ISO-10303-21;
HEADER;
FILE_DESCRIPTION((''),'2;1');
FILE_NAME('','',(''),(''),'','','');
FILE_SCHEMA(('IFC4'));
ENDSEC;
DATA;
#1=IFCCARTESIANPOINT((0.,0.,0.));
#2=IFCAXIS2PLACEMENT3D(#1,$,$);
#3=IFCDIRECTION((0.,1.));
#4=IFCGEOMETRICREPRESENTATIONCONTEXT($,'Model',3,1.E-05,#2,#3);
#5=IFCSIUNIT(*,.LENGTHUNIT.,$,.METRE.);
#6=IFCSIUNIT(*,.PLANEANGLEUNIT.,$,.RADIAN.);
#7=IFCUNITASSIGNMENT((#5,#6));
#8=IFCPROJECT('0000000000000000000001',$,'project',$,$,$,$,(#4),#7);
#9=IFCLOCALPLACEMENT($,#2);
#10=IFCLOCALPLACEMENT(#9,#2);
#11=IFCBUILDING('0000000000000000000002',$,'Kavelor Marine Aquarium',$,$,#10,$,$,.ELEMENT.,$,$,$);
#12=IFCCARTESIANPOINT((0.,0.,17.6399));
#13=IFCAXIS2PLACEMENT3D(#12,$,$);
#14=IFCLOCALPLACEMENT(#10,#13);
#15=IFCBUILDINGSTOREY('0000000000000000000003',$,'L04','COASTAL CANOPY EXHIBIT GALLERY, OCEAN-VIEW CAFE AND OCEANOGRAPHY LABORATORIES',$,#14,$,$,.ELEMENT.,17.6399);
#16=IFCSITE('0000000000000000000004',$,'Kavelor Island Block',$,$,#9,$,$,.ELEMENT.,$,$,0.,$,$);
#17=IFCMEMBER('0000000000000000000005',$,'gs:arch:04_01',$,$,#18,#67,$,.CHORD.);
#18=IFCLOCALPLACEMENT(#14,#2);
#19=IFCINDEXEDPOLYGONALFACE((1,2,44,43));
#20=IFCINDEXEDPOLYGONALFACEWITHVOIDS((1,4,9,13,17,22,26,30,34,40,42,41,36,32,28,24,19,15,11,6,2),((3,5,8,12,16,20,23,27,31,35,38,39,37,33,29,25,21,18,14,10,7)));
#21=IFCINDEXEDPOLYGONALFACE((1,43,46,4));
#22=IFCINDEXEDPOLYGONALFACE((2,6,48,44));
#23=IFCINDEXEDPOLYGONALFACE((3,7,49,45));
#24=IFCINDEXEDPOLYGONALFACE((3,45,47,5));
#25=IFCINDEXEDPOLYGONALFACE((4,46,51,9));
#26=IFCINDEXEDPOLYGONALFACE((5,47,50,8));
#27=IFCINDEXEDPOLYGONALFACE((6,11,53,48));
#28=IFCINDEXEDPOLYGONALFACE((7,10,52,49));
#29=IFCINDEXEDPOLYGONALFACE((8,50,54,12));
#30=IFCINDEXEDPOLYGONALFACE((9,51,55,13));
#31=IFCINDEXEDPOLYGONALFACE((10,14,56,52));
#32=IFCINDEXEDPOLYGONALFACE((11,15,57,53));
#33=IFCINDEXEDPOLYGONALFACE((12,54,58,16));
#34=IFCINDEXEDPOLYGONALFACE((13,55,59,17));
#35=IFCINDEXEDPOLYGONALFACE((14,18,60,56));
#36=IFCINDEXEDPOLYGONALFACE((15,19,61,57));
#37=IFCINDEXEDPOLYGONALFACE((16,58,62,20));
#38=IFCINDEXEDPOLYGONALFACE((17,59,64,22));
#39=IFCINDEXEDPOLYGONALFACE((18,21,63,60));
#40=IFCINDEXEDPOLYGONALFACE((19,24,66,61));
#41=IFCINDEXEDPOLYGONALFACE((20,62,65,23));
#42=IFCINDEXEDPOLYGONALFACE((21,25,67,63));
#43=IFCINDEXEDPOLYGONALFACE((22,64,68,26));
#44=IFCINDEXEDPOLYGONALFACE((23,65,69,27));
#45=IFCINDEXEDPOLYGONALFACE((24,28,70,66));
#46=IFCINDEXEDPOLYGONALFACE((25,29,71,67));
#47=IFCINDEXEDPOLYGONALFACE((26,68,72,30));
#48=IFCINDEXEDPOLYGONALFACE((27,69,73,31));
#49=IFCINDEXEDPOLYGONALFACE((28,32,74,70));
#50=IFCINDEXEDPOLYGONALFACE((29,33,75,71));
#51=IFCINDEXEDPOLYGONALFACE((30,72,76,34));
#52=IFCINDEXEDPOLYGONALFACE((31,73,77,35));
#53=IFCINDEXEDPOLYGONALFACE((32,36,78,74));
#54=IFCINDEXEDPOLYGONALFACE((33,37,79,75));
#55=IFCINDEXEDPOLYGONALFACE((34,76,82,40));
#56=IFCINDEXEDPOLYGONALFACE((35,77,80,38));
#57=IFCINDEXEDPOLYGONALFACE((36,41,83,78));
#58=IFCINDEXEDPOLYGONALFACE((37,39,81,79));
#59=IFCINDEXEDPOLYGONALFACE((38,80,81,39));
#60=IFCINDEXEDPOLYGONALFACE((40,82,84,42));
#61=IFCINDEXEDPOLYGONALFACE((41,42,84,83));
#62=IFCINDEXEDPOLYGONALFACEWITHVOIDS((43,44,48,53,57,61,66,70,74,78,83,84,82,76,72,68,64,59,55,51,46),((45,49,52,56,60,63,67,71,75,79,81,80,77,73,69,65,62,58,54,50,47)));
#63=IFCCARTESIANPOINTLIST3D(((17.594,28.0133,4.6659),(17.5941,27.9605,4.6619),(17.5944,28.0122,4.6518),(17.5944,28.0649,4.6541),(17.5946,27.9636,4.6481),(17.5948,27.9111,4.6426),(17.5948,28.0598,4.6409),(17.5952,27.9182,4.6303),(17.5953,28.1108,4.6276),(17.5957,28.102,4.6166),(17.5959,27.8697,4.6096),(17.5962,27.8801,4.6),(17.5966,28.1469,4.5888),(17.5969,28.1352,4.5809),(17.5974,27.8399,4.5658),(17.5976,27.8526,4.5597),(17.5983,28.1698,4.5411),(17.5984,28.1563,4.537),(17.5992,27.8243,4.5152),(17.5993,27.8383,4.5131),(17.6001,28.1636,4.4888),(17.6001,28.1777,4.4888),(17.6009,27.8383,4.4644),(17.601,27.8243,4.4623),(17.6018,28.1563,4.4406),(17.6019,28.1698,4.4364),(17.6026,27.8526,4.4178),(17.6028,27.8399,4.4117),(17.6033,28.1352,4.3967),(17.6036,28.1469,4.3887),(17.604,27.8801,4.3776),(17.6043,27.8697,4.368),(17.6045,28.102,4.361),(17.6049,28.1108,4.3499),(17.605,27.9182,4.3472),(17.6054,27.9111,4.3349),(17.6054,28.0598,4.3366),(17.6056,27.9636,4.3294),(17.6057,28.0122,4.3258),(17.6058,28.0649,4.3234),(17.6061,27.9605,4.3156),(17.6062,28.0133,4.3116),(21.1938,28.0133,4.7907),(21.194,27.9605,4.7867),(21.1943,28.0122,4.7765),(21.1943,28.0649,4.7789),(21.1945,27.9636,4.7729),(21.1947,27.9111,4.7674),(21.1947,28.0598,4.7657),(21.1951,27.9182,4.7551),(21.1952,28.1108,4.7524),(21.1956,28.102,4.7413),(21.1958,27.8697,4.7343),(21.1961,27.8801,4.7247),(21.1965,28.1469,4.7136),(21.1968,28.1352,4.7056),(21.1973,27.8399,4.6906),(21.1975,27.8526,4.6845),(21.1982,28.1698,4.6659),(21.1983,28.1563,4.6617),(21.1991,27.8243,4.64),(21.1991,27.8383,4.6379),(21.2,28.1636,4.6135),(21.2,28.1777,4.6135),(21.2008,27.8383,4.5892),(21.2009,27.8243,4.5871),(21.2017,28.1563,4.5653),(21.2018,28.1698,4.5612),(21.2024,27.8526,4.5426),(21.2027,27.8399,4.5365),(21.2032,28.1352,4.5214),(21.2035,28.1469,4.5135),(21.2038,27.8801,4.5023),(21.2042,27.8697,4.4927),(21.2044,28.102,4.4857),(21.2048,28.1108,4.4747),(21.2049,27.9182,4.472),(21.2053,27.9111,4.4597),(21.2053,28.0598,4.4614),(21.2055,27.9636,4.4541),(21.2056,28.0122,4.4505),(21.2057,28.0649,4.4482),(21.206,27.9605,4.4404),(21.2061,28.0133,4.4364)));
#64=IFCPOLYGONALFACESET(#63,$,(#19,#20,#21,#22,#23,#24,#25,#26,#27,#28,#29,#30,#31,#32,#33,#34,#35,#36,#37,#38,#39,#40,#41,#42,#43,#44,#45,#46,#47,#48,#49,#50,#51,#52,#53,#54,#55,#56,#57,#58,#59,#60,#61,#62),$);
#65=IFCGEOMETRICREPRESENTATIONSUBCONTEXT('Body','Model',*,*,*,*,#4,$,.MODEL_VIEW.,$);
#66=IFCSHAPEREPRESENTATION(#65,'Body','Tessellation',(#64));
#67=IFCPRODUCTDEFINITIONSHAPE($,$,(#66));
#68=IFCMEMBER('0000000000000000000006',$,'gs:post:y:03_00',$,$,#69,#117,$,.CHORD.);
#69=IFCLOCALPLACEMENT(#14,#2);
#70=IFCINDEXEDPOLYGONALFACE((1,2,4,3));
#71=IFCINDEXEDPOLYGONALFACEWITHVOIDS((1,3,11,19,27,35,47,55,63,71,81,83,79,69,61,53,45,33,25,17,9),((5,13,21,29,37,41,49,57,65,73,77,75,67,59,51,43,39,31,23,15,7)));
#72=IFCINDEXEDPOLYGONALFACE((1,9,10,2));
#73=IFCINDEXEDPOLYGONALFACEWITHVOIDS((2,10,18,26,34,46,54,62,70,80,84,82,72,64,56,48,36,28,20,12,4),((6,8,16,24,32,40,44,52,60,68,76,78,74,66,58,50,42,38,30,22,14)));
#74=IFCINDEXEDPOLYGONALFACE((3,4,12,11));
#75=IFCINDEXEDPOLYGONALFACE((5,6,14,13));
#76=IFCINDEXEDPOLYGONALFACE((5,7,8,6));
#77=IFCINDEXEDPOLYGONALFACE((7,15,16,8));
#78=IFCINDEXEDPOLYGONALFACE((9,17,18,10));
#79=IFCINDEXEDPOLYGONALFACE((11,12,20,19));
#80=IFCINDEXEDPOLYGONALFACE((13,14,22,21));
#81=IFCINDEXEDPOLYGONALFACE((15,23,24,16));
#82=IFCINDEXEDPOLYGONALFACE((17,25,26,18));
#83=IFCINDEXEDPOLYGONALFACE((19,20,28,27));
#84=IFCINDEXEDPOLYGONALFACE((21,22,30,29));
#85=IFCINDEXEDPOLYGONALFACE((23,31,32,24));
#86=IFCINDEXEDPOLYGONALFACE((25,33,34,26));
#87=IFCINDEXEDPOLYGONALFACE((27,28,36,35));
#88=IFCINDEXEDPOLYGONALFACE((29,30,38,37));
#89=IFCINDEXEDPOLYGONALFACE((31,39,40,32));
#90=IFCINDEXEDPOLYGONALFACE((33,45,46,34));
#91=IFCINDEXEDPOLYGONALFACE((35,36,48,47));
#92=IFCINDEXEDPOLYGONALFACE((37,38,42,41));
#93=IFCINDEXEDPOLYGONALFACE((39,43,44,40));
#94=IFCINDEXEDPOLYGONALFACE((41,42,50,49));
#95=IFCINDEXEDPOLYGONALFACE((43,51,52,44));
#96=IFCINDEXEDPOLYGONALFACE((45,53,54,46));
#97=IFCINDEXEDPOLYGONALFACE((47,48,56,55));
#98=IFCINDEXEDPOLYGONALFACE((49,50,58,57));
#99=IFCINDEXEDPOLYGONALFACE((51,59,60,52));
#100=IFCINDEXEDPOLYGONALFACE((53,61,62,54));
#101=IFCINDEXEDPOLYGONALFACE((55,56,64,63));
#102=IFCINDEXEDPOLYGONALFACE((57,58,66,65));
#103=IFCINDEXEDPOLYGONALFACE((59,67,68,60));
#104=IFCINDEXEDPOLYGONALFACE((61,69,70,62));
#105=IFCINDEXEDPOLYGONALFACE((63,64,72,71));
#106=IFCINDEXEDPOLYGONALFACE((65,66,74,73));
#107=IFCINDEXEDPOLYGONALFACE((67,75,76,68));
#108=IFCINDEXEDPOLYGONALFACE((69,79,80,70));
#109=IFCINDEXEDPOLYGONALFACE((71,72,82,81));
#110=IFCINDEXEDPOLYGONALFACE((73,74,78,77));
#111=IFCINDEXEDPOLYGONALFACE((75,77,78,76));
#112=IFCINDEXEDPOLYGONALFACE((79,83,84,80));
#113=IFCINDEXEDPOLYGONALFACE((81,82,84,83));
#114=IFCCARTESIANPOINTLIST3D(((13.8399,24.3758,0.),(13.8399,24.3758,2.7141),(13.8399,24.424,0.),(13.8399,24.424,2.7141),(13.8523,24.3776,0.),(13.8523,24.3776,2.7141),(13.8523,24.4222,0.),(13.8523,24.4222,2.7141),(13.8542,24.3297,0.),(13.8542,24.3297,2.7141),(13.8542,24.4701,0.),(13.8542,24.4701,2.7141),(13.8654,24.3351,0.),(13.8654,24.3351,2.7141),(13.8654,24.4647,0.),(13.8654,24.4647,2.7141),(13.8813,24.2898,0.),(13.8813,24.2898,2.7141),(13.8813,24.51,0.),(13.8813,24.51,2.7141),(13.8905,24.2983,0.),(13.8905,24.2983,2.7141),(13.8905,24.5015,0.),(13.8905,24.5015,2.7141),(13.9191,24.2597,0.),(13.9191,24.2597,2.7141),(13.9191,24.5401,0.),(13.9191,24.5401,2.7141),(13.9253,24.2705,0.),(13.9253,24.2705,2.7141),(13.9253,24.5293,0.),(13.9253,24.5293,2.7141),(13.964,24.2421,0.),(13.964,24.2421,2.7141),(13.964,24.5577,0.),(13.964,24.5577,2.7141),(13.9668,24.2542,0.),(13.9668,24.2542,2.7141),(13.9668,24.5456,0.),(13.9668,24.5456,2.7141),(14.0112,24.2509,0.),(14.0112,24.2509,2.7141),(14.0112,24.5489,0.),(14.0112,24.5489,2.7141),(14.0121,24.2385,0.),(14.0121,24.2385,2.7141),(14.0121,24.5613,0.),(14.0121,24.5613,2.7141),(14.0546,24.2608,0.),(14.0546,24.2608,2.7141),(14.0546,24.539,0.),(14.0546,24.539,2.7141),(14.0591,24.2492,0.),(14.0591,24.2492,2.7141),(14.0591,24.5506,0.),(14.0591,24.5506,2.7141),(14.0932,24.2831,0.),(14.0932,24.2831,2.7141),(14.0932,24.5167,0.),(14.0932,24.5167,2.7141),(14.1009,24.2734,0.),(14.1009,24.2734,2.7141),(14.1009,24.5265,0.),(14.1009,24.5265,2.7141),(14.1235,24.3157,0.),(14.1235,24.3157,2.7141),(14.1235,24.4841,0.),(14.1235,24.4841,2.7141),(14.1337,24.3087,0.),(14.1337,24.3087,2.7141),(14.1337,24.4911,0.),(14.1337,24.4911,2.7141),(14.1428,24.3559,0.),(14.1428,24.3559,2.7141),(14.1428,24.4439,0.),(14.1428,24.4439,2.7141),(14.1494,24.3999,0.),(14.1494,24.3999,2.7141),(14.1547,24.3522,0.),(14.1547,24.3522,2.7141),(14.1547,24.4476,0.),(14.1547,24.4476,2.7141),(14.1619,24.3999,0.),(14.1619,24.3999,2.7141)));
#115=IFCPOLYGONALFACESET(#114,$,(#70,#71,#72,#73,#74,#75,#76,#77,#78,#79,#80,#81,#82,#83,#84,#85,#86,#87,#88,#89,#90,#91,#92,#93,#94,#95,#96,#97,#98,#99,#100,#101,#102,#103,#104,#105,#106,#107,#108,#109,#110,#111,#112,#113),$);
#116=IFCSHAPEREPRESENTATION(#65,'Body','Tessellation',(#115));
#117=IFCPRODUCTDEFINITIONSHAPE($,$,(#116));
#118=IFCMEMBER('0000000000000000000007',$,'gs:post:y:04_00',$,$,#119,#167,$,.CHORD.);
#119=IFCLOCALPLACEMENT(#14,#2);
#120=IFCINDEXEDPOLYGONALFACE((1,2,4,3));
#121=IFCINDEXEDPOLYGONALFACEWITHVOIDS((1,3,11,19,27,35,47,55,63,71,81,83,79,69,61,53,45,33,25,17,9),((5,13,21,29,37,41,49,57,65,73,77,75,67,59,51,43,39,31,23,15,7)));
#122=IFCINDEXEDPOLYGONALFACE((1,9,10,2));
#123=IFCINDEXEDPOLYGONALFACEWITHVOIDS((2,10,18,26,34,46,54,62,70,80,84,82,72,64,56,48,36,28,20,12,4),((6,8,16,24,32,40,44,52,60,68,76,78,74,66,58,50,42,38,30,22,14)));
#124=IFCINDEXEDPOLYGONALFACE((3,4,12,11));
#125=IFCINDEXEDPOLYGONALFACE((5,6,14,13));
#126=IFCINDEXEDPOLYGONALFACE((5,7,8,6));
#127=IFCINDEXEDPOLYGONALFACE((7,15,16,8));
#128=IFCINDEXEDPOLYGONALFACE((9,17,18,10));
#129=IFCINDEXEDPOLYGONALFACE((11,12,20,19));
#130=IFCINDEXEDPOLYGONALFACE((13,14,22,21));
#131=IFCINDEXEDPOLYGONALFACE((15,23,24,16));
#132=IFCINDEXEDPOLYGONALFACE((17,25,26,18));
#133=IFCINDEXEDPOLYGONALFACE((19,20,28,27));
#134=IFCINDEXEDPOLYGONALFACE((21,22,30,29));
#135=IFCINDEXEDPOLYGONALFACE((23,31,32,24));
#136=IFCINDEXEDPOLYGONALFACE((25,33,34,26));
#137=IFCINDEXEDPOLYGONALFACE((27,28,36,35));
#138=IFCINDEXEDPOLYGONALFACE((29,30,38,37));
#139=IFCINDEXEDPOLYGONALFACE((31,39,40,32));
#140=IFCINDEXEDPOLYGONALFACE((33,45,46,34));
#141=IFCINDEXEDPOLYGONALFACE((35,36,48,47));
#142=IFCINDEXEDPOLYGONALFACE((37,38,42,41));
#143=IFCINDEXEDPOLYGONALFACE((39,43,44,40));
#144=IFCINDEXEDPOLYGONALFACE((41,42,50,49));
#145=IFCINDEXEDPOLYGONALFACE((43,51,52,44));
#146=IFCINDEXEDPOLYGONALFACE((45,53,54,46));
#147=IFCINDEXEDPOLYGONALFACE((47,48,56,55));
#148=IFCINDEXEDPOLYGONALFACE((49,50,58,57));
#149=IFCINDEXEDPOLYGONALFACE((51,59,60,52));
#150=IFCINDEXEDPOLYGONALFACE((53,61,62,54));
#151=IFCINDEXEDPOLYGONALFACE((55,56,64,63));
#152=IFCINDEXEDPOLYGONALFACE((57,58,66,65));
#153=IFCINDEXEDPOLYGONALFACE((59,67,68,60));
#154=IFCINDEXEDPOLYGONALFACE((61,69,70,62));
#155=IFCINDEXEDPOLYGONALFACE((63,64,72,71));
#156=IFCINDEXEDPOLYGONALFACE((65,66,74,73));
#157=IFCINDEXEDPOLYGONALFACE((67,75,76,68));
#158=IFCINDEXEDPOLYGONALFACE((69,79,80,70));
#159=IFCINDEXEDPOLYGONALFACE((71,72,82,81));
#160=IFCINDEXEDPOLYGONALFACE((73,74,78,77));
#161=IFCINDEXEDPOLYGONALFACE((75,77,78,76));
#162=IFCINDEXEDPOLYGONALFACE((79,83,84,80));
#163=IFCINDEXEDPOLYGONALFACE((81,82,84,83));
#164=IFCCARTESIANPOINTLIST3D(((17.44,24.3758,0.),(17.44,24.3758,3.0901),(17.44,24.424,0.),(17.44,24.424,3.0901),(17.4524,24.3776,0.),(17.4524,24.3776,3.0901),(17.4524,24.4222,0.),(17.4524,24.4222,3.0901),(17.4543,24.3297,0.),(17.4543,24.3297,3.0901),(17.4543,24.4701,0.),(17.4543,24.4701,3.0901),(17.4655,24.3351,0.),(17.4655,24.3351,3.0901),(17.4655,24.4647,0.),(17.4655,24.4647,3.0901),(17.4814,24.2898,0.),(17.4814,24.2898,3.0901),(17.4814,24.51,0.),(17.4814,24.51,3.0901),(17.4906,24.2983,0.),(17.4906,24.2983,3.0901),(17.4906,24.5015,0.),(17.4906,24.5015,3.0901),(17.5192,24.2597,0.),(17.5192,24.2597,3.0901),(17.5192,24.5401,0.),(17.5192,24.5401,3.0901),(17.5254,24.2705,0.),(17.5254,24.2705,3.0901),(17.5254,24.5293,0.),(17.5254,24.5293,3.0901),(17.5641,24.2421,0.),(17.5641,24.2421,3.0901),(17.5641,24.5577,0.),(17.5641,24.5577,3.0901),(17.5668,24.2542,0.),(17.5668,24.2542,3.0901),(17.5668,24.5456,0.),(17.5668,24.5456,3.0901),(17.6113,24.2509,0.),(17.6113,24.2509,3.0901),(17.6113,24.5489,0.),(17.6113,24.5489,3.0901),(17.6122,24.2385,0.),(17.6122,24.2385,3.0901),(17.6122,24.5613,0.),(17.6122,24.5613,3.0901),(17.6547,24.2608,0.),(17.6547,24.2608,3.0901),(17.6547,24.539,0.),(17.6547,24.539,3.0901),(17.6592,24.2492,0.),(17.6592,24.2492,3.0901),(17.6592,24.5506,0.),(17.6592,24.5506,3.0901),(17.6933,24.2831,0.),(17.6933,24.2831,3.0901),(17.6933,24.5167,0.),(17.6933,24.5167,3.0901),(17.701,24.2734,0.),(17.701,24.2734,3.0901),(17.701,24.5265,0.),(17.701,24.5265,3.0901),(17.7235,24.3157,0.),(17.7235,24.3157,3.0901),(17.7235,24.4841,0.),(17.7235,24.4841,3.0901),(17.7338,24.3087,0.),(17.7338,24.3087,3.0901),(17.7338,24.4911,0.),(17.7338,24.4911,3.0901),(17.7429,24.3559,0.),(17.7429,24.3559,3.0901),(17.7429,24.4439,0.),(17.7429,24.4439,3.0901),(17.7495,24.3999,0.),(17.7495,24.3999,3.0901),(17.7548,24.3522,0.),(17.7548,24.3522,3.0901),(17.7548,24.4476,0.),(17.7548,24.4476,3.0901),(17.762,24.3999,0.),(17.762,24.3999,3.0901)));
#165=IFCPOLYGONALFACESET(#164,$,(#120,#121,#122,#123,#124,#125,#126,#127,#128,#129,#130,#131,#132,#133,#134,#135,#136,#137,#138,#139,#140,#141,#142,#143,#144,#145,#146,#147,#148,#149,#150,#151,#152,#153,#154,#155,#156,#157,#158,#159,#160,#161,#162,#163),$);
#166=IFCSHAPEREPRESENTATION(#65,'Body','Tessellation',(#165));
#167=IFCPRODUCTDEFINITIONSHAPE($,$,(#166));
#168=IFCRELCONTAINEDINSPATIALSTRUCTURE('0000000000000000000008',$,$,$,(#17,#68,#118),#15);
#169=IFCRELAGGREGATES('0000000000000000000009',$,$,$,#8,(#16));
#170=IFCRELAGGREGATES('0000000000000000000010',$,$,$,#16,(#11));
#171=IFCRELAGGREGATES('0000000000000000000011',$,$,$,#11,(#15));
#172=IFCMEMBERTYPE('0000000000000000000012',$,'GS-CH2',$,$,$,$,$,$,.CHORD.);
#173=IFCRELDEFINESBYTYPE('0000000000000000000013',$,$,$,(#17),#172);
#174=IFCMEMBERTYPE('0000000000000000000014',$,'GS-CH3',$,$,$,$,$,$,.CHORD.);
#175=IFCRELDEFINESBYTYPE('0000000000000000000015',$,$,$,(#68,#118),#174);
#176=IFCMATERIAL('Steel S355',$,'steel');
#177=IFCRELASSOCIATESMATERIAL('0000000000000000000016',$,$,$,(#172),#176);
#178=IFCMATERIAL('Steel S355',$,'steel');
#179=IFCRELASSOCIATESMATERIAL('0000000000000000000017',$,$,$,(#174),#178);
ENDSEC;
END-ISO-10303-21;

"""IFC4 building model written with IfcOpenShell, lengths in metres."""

from ifc_helpers import new_model, si_unit, direction, frame, origin, origin_2d, place, context, subcontext, project, spatial, hollow_circle, extrude, material, material_profile, profile_set, type_object, element, save


model = new_model("IFC4")

# Units and contexts
model_context = context("Model", 3, precision=1e-05, world=origin(), true_north=direction((0.0, 1.0)))
body_context = subcontext(model_context, "Body", "Model", "MODEL_VIEW")
ifc_project = project(units=[si_unit("LENGTHUNIT", "METRE"), si_unit("PLANEANGLEUNIT", "RADIAN")], contexts=[model_context])

# Site, building, storey
site_placement = place(None, origin())
site = spatial("IfcSite", under=ifc_project, at=site_placement, Name="Kavelor Island Block", CompositionType="ELEMENT", RefElevation=0.0)
building_placement = place(site_placement, origin())
building = spatial("IfcBuilding", under=site, at=building_placement, Name="Kavelor Marine Aquarium", CompositionType="ELEMENT")
storey_placement = place(building_placement, frame((0.0, 0.0, 17.6399)))
storey = spatial("IfcBuildingStorey", under=building, at=storey_placement, Name="L04", Description="COASTAL CANOPY EXHIBIT GALLERY, OCEAN-VIEW CAFE AND OCEANOGRAPHY LABORATORIES", CompositionType="ELEMENT", Elevation=17.6399)

# Members
ifc_material_1 = material(Name="Steel S355", Category="steel")
ifc_material_profile_1 = material_profile(ifc_material_1, hollow_circle(Radius=0.1777, WallThickness=0.0142, at=origin_2d()), Name="CHS 355.6x14.2")
ifc_profile_set_1 = profile_set([ifc_material_profile_1], Name="Steel S355")
member_type_1 = type_object("IfcMemberType", Name="GS-CH2", PredefinedType="CHORD", material=ifc_profile_set_1)
member_1_placement = place(storey_placement, frame((17.6001, 28.0, 4.4888), z_axis=(0.9994, 0.0, 0.034635), x_axis=(0.0, 1.0, 0.0)))
element("IfcMember", 1, at=member_1_placement, inside=storey, type_object=member_type_1, Name="gs:arch:04_01", PredefinedType="CHORD", context=body_context, shape_type="SweptSolid", body=[
    extrude(hollow_circle(Radius=0.1777, WallThickness=0.0142, at=origin_2d()), origin(), (0.0, 0.0, 1.0), 3.6021),
])
ifc_material_2 = material(Name="Steel S355", Category="steel")
ifc_material_profile_2 = material_profile(ifc_material_2, hollow_circle(Radius=0.1619, WallThickness=0.0125, at=origin_2d()), Name="CHS 323.9x12.5")
ifc_profile_set_2 = profile_set([ifc_material_profile_2], Name="Steel S355")
member_type_2 = type_object("IfcMemberType", Name="GS-CH3", PredefinedType="CHORD", material=ifc_profile_set_2)
member_2_placement = place(storey_placement, frame((14.0, 24.3999, 0.0), z_axis=(0.0, 0.0, 1.0), x_axis=(1.0, 0.0, 0.0)))
element("IfcMember", 2, at=member_2_placement, inside=storey, type_object=member_type_2, Name="gs:post:y:03_00", PredefinedType="CHORD", context=body_context, shape_type="SweptSolid", body=[
    extrude(hollow_circle(Radius=0.1619, WallThickness=0.0125, at=origin_2d()), origin(), (0.0, 0.0, 1.0), 2.7141),
])
member_3_placement = place(storey_placement, frame((17.6001, 24.3999, 0.0), z_axis=(0.0, 0.0, 1.0), x_axis=(1.0, 0.0, 0.0)))
element("IfcMember", 3, at=member_3_placement, inside=storey, type_object=member_type_2, Name="gs:post:y:04_00", PredefinedType="CHORD", context=body_context, shape_type="SweptSolid", body=[
    extrude(hollow_circle(Radius=0.1619, WallThickness=0.0125, at=origin_2d()), origin(), (0.0, 0.0, 1.0), 3.0901),
])

save(model, "model.ifc")
